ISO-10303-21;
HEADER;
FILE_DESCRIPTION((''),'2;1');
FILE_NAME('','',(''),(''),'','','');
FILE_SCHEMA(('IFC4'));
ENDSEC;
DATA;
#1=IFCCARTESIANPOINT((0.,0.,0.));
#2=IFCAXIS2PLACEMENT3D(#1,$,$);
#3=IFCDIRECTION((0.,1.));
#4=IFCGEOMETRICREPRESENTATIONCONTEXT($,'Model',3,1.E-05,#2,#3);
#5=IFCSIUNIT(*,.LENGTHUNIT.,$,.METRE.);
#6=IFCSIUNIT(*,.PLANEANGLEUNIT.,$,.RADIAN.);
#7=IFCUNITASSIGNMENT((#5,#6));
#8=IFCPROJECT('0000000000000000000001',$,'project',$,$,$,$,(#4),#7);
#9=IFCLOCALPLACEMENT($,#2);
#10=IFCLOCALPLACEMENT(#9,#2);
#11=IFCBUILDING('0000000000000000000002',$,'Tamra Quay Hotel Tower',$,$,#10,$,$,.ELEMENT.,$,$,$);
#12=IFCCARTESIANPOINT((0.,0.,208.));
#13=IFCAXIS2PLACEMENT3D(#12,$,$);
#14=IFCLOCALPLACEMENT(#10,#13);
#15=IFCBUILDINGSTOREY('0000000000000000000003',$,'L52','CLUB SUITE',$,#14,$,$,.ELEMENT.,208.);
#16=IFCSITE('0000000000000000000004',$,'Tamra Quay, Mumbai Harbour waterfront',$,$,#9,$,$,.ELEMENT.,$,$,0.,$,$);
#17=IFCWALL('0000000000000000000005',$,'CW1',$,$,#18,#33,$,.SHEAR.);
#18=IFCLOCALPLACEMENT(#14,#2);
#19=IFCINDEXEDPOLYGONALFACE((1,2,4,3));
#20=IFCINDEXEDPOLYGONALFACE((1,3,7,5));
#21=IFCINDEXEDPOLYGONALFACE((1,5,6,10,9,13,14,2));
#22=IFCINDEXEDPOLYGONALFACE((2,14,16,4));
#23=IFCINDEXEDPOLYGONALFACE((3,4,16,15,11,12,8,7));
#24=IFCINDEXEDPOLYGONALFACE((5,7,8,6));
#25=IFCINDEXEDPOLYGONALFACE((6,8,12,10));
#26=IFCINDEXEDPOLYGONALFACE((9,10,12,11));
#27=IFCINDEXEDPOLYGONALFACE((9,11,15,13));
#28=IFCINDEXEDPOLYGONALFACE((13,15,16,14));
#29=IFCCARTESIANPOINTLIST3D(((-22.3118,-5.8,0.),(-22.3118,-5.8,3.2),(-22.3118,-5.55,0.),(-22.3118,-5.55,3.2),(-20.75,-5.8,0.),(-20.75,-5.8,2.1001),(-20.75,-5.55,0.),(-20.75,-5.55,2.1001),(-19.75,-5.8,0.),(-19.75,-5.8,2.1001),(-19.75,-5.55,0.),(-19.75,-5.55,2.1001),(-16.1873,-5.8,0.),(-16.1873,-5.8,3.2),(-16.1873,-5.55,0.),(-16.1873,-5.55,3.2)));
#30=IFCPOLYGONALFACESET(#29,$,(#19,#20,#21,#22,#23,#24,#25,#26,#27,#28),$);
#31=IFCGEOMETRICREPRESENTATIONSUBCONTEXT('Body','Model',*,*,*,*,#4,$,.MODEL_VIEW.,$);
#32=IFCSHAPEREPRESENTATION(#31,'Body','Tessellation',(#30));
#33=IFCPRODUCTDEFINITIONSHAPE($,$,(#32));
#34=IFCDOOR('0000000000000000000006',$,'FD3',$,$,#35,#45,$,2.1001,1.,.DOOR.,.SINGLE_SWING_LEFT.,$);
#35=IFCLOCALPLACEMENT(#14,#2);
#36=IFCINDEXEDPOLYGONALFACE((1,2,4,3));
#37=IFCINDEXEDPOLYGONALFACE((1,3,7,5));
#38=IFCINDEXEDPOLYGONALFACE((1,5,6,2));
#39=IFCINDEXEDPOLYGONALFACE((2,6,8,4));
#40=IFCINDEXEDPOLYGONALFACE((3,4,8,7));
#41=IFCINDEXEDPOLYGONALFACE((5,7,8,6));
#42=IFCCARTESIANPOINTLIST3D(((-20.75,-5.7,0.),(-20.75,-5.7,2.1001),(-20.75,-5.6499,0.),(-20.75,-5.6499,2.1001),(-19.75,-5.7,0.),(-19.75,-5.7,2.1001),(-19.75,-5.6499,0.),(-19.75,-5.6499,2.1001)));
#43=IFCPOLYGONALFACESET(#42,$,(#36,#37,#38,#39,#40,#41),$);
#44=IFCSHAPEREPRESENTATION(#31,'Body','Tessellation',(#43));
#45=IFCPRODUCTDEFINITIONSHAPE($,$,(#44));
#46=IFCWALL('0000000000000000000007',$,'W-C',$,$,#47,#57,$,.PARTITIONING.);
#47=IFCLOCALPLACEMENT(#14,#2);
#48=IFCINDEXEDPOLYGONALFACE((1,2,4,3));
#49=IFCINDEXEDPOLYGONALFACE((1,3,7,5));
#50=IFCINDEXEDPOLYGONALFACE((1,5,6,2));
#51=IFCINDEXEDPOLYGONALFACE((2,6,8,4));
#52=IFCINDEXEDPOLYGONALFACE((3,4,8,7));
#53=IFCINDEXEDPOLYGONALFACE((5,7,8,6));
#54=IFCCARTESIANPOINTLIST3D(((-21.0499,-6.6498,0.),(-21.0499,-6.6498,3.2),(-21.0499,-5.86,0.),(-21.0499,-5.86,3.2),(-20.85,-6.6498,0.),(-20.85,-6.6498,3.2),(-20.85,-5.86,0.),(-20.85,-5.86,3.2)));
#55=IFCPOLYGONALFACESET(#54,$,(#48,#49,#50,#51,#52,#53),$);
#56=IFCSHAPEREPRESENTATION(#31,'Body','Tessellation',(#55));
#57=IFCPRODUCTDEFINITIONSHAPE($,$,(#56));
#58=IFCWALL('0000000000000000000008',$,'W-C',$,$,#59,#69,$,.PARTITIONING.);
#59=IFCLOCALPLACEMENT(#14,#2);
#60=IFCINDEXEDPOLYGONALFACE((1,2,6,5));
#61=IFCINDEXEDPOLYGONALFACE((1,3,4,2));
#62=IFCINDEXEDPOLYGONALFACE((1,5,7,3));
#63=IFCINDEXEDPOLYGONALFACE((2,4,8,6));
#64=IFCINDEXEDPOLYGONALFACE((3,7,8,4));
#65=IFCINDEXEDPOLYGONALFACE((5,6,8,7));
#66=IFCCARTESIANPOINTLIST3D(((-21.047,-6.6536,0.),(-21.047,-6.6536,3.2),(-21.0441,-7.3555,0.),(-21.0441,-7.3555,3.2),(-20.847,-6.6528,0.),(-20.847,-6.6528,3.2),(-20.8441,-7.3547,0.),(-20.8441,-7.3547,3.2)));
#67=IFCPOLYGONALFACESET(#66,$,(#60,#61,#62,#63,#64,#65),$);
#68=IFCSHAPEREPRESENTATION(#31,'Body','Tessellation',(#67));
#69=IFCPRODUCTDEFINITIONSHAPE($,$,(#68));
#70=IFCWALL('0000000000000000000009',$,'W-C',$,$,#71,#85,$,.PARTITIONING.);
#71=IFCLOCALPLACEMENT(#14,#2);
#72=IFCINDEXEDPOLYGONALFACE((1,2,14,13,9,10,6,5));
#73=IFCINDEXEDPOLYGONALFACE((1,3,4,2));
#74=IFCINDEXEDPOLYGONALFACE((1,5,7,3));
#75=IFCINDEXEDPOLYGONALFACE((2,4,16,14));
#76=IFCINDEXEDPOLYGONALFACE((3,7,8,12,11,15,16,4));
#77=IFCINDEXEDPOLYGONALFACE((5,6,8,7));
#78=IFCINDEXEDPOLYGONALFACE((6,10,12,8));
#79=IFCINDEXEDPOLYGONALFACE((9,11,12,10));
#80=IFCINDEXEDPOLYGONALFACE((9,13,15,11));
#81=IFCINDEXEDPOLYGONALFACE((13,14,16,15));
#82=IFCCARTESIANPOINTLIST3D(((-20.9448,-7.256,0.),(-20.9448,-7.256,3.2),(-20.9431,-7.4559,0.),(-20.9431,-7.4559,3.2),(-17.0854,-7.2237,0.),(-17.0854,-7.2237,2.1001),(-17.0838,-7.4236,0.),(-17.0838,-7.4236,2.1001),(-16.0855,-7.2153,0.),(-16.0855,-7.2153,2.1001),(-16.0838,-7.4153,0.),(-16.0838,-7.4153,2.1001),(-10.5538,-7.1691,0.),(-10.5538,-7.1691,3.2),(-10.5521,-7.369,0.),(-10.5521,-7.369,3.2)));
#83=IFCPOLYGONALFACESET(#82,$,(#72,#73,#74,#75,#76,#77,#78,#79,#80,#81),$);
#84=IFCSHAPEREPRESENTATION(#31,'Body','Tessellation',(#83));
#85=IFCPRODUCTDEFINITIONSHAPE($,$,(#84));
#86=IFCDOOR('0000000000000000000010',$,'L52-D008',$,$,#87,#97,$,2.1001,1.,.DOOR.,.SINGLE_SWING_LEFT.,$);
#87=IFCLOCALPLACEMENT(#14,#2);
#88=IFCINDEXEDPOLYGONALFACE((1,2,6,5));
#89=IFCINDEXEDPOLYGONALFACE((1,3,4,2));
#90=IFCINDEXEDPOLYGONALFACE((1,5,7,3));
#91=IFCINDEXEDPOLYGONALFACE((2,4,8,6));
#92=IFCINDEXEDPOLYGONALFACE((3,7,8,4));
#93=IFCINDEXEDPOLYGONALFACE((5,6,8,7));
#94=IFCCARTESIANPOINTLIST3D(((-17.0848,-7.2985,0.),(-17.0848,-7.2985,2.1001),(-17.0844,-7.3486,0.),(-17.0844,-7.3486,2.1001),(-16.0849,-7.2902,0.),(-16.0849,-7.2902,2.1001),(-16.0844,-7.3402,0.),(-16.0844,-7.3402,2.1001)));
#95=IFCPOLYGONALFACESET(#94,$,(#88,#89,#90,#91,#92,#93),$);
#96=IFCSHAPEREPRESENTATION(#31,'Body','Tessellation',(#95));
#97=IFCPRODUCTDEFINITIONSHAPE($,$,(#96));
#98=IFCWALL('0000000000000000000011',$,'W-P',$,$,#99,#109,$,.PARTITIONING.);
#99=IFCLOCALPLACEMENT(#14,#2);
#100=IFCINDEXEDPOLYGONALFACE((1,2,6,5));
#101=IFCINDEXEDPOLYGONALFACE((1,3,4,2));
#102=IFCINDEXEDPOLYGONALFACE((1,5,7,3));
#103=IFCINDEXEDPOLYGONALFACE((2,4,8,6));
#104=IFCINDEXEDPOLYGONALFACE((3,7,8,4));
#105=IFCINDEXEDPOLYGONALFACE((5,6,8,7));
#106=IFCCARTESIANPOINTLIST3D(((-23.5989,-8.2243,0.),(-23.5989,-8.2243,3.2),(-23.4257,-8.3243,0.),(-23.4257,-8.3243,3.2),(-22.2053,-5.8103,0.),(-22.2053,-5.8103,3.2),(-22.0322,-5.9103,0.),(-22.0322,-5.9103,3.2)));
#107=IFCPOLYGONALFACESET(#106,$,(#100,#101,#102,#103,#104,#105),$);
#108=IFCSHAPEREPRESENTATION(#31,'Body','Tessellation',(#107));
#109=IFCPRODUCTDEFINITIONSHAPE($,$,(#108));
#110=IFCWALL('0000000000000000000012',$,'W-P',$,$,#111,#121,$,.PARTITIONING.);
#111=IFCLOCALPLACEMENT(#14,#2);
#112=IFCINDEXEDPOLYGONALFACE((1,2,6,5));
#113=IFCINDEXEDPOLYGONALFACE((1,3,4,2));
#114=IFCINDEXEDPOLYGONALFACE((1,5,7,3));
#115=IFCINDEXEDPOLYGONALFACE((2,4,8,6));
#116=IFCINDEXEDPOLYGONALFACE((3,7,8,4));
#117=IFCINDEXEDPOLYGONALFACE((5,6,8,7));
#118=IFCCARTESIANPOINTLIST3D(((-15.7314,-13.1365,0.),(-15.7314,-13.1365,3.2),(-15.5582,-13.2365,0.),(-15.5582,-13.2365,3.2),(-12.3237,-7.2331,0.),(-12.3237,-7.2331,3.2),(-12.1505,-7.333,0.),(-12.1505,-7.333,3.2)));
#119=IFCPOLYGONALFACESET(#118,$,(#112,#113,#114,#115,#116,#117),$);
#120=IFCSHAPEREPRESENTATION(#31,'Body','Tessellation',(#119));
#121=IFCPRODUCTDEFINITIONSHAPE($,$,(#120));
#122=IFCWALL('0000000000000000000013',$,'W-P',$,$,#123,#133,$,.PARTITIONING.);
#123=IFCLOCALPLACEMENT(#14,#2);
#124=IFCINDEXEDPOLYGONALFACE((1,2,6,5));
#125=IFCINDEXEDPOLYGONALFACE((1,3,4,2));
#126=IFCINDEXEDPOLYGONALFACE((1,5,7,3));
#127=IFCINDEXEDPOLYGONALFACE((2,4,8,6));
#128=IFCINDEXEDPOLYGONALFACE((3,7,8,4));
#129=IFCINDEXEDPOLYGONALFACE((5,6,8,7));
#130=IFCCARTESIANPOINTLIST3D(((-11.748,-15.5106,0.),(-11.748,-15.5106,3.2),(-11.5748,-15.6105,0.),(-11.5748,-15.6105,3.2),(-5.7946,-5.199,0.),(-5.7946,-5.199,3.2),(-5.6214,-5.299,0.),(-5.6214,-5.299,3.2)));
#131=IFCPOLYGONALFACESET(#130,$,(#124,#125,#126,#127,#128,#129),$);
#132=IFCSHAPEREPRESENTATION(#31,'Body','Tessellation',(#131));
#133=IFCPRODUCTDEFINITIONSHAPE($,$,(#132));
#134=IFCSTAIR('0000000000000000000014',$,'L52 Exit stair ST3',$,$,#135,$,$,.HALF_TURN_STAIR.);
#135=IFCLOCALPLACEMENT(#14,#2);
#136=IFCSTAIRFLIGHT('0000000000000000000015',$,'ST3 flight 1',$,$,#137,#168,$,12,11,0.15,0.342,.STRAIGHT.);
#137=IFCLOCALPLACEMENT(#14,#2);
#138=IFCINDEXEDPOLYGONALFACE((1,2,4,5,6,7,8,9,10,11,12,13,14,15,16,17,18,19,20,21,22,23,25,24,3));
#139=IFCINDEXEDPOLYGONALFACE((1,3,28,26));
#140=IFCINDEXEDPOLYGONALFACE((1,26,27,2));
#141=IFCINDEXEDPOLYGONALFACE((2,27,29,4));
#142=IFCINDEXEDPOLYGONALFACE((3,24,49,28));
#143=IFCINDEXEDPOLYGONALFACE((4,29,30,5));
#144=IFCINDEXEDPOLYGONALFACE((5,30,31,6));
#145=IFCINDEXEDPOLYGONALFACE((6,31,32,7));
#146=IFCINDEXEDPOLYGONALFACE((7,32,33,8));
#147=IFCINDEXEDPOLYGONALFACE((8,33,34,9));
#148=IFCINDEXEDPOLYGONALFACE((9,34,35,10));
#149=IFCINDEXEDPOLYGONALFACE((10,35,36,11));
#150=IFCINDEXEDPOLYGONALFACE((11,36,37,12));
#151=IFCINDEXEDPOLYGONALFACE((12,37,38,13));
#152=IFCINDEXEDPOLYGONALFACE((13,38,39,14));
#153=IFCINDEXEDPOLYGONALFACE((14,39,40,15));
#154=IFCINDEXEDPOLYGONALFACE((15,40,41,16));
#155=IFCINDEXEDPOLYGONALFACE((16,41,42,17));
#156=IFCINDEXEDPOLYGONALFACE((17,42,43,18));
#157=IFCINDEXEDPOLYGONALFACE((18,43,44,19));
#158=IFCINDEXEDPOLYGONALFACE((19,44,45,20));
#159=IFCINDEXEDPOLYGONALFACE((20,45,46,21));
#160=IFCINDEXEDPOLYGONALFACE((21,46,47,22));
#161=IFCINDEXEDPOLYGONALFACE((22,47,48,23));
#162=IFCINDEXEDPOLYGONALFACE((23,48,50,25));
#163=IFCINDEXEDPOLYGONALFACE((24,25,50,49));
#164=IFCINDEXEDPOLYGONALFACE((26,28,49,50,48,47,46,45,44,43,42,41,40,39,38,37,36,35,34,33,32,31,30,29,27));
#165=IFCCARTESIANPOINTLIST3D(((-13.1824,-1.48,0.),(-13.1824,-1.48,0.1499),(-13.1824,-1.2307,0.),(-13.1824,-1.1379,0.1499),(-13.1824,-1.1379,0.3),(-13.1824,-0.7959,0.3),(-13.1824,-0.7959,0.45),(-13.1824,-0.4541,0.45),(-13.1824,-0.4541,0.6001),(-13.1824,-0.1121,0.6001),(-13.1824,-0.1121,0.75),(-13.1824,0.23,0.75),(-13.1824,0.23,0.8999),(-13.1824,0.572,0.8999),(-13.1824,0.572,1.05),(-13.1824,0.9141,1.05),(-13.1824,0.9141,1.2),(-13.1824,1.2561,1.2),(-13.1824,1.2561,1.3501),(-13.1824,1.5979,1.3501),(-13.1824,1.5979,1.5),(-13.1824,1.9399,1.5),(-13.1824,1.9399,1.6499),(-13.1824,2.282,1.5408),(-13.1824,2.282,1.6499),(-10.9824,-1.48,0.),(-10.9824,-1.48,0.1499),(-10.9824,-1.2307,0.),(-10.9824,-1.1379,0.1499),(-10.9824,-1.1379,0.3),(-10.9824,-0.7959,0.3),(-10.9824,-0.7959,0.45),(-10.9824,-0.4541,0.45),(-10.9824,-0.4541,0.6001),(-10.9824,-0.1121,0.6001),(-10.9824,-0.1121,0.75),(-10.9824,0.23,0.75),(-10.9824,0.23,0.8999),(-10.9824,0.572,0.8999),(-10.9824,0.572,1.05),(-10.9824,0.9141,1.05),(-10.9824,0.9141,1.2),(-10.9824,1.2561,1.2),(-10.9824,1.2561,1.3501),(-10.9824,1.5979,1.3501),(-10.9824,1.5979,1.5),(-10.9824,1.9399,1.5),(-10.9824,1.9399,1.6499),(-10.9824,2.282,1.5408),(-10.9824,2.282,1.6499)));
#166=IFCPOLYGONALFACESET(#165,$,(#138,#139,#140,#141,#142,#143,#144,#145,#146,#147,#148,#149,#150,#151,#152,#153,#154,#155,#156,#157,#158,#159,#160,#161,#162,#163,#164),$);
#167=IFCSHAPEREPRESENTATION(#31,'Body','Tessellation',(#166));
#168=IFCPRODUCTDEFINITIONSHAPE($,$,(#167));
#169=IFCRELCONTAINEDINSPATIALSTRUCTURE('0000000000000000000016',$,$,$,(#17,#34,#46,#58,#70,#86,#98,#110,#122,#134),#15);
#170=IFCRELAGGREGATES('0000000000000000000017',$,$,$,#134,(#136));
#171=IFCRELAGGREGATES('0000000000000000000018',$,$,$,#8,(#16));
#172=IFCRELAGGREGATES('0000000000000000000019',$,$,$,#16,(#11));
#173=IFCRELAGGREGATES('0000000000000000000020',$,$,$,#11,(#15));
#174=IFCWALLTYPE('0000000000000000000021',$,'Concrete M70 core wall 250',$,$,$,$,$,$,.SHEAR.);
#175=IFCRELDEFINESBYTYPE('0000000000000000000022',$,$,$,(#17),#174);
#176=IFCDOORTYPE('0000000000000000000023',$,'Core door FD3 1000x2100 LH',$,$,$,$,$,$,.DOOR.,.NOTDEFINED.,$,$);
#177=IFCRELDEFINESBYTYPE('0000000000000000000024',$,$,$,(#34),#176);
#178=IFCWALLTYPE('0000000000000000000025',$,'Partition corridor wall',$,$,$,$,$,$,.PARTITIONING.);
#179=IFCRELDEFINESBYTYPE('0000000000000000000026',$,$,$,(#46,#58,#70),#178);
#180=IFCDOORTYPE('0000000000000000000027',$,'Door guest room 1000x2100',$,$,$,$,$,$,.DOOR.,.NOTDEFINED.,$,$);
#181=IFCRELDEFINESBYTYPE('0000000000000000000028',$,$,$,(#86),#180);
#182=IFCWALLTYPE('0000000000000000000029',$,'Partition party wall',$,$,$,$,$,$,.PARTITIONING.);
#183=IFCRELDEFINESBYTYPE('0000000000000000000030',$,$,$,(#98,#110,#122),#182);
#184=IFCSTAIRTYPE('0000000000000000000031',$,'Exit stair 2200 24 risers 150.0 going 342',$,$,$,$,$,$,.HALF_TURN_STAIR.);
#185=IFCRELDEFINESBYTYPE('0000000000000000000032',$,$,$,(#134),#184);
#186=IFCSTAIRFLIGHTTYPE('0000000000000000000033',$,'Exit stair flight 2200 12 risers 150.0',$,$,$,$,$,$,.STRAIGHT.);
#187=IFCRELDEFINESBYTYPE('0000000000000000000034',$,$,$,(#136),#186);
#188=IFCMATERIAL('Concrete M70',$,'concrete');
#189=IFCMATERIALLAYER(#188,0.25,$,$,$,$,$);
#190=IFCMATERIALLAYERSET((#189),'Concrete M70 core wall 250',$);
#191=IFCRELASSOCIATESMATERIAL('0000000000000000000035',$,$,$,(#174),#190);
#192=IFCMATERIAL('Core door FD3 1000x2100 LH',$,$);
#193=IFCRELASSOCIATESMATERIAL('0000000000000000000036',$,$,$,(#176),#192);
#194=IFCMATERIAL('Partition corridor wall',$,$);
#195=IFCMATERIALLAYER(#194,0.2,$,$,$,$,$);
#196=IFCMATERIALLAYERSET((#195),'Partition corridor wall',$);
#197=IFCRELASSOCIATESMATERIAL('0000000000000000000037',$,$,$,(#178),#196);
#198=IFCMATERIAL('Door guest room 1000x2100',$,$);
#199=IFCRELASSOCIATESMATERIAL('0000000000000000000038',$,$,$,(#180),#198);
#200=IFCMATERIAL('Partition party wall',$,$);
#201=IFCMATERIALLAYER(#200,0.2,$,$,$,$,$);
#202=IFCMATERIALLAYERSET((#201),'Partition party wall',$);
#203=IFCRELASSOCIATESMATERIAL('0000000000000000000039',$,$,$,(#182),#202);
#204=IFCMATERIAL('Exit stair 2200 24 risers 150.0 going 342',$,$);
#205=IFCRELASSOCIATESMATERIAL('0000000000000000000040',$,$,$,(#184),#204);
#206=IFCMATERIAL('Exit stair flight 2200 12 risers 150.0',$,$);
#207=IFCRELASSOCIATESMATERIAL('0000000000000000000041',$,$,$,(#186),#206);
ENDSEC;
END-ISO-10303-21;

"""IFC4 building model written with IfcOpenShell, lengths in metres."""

from ifc_helpers import new_model, si_unit, direction, frame, frame_2d, origin, place, context, subcontext, project, spatial, polyline, rectangle, outline, extrude, material, layer, layer_set, type_object, element, fill, aggregate, save


model = new_model("IFC4")

# Units and contexts
model_context = context("Model", 3, precision=1e-05, world=origin(), true_north=direction((0.0, 1.0)))
body_context = subcontext(model_context, "Body", "Model", "MODEL_VIEW")
ifc_project = project(units=[si_unit("LENGTHUNIT", "METRE"), si_unit("PLANEANGLEUNIT", "RADIAN")], contexts=[model_context])

# Site, building, storey
site_placement = place(None, origin())
site = spatial("IfcSite", under=ifc_project, at=site_placement, Name="Tamra Quay, Mumbai Harbour waterfront", CompositionType="ELEMENT", RefElevation=0.0)
building_placement = place(site_placement, origin())
building = spatial("IfcBuilding", under=site, at=building_placement, Name="Tamra Quay Hotel Tower", CompositionType="ELEMENT")
storey_placement = place(building_placement, frame((0.0, 0.0, 208.0)))
storey = spatial("IfcBuildingStorey", under=building, at=storey_placement, Name="L52", Description="CLUB SUITE", CompositionType="ELEMENT", Elevation=208.0)

# Shared definitions
ifc_material_1 = material(Name="Concrete M70", Category="concrete")

# Shared definitions
ifc_layer_1 = layer(ifc_material_1, 0.25)
ifc_layer_set_1 = layer_set([ifc_layer_1], Name="Concrete M70 core wall 250")
wall_type_1 = type_object("IfcWallType", Name="Concrete M70 core wall 250", PredefinedType="SHEAR", material=ifc_layer_set_1)

# Wall, opening, door
wall_1_placement = place(storey_placement, frame((-16.1873, -5.675, 0.0), z_axis=(0.0, 0.0, 1.0), x_axis=(-1.0, 0.0, 0.0)))
wall_1 = element("IfcWall", 1, at=wall_1_placement, inside=storey, type_object=wall_type_1, Name="CW1", PredefinedType="SHEAR", context=body_context, shape_type="SweptSolid", body=[
    extrude(rectangle(XDim=6.1245, YDim=0.25, at=frame_2d((3.0623, 0.0))), origin(), (0.0, 0.0, 1.0), 3.2),
])
opening_1_placement = place(wall_1_placement, frame((3.5627, 0.0, 0.0)))
opening_1 = element("IfcOpeningElement", 2, at=opening_1_placement, cuts=wall_1, PredefinedType="OPENING", context=body_context, shape_type="SweptSolid", body=[
    extrude(rectangle(XDim=1.0, YDim=2.1001, at=frame_2d((0.5, 1.05))), frame((0.0, 0.135, 0.0), z_axis=(0.0, -1.0, 0.0), x_axis=(1.0, 0.0, 0.0)), (0.0, 0.0, 1.0), 0.27),
])
ifc_material_2 = material(Name="Core door FD3 1000x2100 LH")
door_type_1 = type_object("IfcDoorType", Name="Core door FD3 1000x2100 LH", OperationType="NOTDEFINED", PredefinedType="DOOR", material=ifc_material_2)
door_1_placement = place(opening_1_placement, origin())
door_1 = element("IfcDoor", 3, at=door_1_placement, inside=storey, type_object=door_type_1, Name="FD3", OperationType="SINGLE_SWING_LEFT", OverallHeight=2.1001, OverallWidth=1.0, PredefinedType="DOOR", context=body_context, shape_type="SweptSolid", body=[
    extrude(rectangle(XDim=1.0, YDim=2.1001, at=frame_2d((0.5, 1.05))), frame((0.0, 0.0249, 0.0), z_axis=(0.0, -1.0, 0.0), x_axis=(1.0, 0.0, 0.0)), (0.0, 0.0, 1.0), 0.05),
])
fill(opening_1, door_1)

# Walls
ifc_material_3 = material(Name="Partition corridor wall")
ifc_layer_2 = layer(ifc_material_3, 0.2)
ifc_layer_set_2 = layer_set([ifc_layer_2], Name="Partition corridor wall")
wall_type_2 = type_object("IfcWallType", Name="Partition corridor wall", PredefinedType="PARTITIONING", material=ifc_layer_set_2)
wall_2_placement = place(storey_placement, frame((-20.95, -6.6499, 0.0), z_axis=(0.0, 0.0, 1.0), x_axis=(0.0, 1.0, 0.0)))
element("IfcWall", 4, at=wall_2_placement, inside=storey, type_object=wall_type_2, Name="W-C", PredefinedType="PARTITIONING", context=body_context, shape_type="SweptSolid", body=[
    extrude(rectangle(XDim=0.7898, YDim=0.2, at=frame_2d((0.395, 0.0))), origin(), (0.0, 0.0, 1.0), 3.2),
])
wall_3_placement = place(storey_placement, frame((-20.947, -6.6531, 0.0), z_axis=(0.0, 0.0, 1.0), x_axis=(0.004174, -0.999991, 0.0)))
element("IfcWall", 5, at=wall_3_placement, inside=storey, type_object=wall_type_2, Name="W-C", PredefinedType="PARTITIONING", context=body_context, shape_type="SweptSolid", body=[
    extrude(rectangle(XDim=0.7019, YDim=0.2, at=frame_2d((0.3511, 0.0))), origin(), (0.0, 0.0, 1.0), 3.2),
])

# Wall, opening, door
wall_4_placement = place(storey_placement, frame((-20.9441, -7.356, 0.0), z_axis=(0.0, 0.0, 1.0), x_axis=(0.999965, 0.008364, 0.0)))
wall_4 = element("IfcWall", 6, at=wall_4_placement, inside=storey, type_object=wall_type_2, Name="W-C", PredefinedType="PARTITIONING", context=body_context, shape_type="SweptSolid", body=[
    extrude(rectangle(XDim=10.3914, YDim=0.2, at=frame_2d((5.1958, 0.0))), origin(), (0.0, 0.0, 1.0), 3.2),
])
opening_2_placement = place(wall_4_placement, frame((3.8596, 0.0, 0.0)))
opening_2 = element("IfcOpeningElement", 7, at=opening_2_placement, cuts=wall_4, PredefinedType="OPENING", context=body_context, shape_type="SweptSolid", body=[
    extrude(rectangle(XDim=1.0, YDim=2.1001, at=frame_2d((0.5, 1.05))), frame((0.0, 0.1099, 0.0), z_axis=(0.0, -1.0, 0.0), x_axis=(1.0, 0.0, 0.0)), (0.0, 0.0, 1.0), 0.22),
])
ifc_material_4 = material(Name="Door guest room 1000x2100")
door_type_2 = type_object("IfcDoorType", Name="Door guest room 1000x2100", OperationType="NOTDEFINED", PredefinedType="DOOR", material=ifc_material_4)
door_2_placement = place(opening_2_placement, frame((1.0, 0.0, 0.0), z_axis=(0.0, 0.0, 1.0), x_axis=(-1.0, 0.0, 0.0)))
door_2 = element("IfcDoor", 8, at=door_2_placement, inside=storey, type_object=door_type_2, Name="L52-D008", OperationType="SINGLE_SWING_LEFT", OverallHeight=2.1001, OverallWidth=1.0, PredefinedType="DOOR", context=body_context, shape_type="SweptSolid", body=[
    extrude(rectangle(XDim=1.0, YDim=2.1001, at=frame_2d((0.5, 1.05))), frame((0.0, 0.0249, 0.0), z_axis=(0.0, -1.0, 0.0), x_axis=(1.0, 0.0, 0.0)), (0.0, 0.0, 1.0), 0.05),
])
fill(opening_2, door_2)

# Walls
ifc_material_5 = material(Name="Partition party wall")
ifc_layer_3 = layer(ifc_material_5, 0.2)
ifc_layer_set_3 = layer_set([ifc_layer_3], Name="Partition party wall")
wall_type_3 = type_object("IfcWallType", Name="Partition party wall", PredefinedType="PARTITIONING", material=ifc_layer_set_3)
wall_5_placement = place(storey_placement, frame((-23.5122, -8.2742, 0.0), z_axis=(0.0, 0.0, 1.0), x_axis=(0.499945, 0.866057, 0.0)))
element("IfcWall", 9, at=wall_5_placement, inside=storey, type_object=wall_type_3, Name="W-P", PredefinedType="PARTITIONING", context=body_context, shape_type="SweptSolid", body=[
    extrude(rectangle(XDim=2.7874, YDim=0.2, at=frame_2d((1.3936, 0.0))), origin(), (0.0, 0.0, 1.0), 3.2),
])
wall_6_placement = place(storey_placement, frame((-15.6448, -13.1865, 0.0), z_axis=(0.0, 0.0, 1.0), x_axis=(0.499922, 0.86607, 0.0)))
element("IfcWall", 10, at=wall_6_placement, inside=storey, type_object=wall_type_3, Name="W-P", PredefinedType="PARTITIONING", context=body_context, shape_type="SweptSolid", body=[
    extrude(rectangle(XDim=6.8164, YDim=0.2, at=frame_2d((3.4082, 0.0))), origin(), (0.0, 0.0, 1.0), 3.2),
])
wall_7_placement = place(storey_placement, frame((-11.6614, -15.5605, 0.0), z_axis=(0.0, 0.0, 1.0), x_axis=(0.500001, 0.866025, 0.0)))
element("IfcWall", 11, at=wall_7_placement, inside=storey, type_object=wall_type_3, Name="W-P", PredefinedType="PARTITIONING", context=body_context, shape_type="SweptSolid", body=[
    extrude(rectangle(XDim=11.9067, YDim=0.2, at=frame_2d((5.9534, 0.0))), origin(), (0.0, 0.0, 1.0), 3.2),
])

# Stair, stair flight
ifc_material_6 = material(Name="Exit stair 2200 24 risers 150.0 going 342")
stair_type = type_object("IfcStairType", Name="Exit stair 2200 24 risers 150.0 going 342", PredefinedType="HALF_TURN_STAIR", material=ifc_material_6)
stair_placement = place(storey_placement, origin())
stair = element("IfcStair", 12, at=stair_placement, inside=storey, type_object=stair_type, Name="L52 Exit stair ST3", PredefinedType="HALF_TURN_STAIR")
ifc_material_7 = material(Name="Exit stair flight 2200 12 risers 150.0")
stair_flight_type = type_object("IfcStairFlightType", Name="Exit stair flight 2200 12 risers 150.0", PredefinedType="STRAIGHT", material=ifc_material_7)
stair_flight_placement = place(storey_placement, frame((-12.0823, -1.48, 0.0), z_axis=(0.0, 0.0, 1.0), x_axis=(0.0, 1.0, 0.0)))
stair_flight = element("IfcStairFlight", 13, at=stair_flight_placement, type_object=stair_flight_type, Name="ST3 flight 1", NumberOfRisers=12, NumberOfTreads=11, PredefinedType="STRAIGHT", RiserHeight=0.15, TreadLength=0.342, context=body_context, shape_type="SweptSolid", body=[
    extrude(outline(polyline([(0.0, 0.0), (0.0, 0.1499), (0.342, 0.1499), (0.342, 0.3), (0.6841, 0.3), (0.6841, 0.45), (1.0259, 0.45), (1.0259, 0.6001), (1.3679, 0.6001), (1.3679, 0.75), (1.71, 0.75), (1.71, 0.8999), (2.052, 0.8999), (2.052, 1.05), (2.394, 1.05), (2.394, 1.2), (2.7361, 1.2), (2.7361, 1.3501), (3.0779, 1.3501), (3.0779, 1.5), (3.4199, 1.5), (3.4199, 1.6499), (3.762, 1.6499), (3.762, 1.8), (3.762, 1.5408), (0.2493, 0.0), (0.0, 0.0)])), frame((0.0, 1.1001, 0.0), z_axis=(0.0, -1.0, 0.0), x_axis=(1.0, 0.0, 0.0)), (0.0, 0.0, 1.0), 2.2),
])
aggregate(stair, [stair_flight])

save(model, "model.ifc")
